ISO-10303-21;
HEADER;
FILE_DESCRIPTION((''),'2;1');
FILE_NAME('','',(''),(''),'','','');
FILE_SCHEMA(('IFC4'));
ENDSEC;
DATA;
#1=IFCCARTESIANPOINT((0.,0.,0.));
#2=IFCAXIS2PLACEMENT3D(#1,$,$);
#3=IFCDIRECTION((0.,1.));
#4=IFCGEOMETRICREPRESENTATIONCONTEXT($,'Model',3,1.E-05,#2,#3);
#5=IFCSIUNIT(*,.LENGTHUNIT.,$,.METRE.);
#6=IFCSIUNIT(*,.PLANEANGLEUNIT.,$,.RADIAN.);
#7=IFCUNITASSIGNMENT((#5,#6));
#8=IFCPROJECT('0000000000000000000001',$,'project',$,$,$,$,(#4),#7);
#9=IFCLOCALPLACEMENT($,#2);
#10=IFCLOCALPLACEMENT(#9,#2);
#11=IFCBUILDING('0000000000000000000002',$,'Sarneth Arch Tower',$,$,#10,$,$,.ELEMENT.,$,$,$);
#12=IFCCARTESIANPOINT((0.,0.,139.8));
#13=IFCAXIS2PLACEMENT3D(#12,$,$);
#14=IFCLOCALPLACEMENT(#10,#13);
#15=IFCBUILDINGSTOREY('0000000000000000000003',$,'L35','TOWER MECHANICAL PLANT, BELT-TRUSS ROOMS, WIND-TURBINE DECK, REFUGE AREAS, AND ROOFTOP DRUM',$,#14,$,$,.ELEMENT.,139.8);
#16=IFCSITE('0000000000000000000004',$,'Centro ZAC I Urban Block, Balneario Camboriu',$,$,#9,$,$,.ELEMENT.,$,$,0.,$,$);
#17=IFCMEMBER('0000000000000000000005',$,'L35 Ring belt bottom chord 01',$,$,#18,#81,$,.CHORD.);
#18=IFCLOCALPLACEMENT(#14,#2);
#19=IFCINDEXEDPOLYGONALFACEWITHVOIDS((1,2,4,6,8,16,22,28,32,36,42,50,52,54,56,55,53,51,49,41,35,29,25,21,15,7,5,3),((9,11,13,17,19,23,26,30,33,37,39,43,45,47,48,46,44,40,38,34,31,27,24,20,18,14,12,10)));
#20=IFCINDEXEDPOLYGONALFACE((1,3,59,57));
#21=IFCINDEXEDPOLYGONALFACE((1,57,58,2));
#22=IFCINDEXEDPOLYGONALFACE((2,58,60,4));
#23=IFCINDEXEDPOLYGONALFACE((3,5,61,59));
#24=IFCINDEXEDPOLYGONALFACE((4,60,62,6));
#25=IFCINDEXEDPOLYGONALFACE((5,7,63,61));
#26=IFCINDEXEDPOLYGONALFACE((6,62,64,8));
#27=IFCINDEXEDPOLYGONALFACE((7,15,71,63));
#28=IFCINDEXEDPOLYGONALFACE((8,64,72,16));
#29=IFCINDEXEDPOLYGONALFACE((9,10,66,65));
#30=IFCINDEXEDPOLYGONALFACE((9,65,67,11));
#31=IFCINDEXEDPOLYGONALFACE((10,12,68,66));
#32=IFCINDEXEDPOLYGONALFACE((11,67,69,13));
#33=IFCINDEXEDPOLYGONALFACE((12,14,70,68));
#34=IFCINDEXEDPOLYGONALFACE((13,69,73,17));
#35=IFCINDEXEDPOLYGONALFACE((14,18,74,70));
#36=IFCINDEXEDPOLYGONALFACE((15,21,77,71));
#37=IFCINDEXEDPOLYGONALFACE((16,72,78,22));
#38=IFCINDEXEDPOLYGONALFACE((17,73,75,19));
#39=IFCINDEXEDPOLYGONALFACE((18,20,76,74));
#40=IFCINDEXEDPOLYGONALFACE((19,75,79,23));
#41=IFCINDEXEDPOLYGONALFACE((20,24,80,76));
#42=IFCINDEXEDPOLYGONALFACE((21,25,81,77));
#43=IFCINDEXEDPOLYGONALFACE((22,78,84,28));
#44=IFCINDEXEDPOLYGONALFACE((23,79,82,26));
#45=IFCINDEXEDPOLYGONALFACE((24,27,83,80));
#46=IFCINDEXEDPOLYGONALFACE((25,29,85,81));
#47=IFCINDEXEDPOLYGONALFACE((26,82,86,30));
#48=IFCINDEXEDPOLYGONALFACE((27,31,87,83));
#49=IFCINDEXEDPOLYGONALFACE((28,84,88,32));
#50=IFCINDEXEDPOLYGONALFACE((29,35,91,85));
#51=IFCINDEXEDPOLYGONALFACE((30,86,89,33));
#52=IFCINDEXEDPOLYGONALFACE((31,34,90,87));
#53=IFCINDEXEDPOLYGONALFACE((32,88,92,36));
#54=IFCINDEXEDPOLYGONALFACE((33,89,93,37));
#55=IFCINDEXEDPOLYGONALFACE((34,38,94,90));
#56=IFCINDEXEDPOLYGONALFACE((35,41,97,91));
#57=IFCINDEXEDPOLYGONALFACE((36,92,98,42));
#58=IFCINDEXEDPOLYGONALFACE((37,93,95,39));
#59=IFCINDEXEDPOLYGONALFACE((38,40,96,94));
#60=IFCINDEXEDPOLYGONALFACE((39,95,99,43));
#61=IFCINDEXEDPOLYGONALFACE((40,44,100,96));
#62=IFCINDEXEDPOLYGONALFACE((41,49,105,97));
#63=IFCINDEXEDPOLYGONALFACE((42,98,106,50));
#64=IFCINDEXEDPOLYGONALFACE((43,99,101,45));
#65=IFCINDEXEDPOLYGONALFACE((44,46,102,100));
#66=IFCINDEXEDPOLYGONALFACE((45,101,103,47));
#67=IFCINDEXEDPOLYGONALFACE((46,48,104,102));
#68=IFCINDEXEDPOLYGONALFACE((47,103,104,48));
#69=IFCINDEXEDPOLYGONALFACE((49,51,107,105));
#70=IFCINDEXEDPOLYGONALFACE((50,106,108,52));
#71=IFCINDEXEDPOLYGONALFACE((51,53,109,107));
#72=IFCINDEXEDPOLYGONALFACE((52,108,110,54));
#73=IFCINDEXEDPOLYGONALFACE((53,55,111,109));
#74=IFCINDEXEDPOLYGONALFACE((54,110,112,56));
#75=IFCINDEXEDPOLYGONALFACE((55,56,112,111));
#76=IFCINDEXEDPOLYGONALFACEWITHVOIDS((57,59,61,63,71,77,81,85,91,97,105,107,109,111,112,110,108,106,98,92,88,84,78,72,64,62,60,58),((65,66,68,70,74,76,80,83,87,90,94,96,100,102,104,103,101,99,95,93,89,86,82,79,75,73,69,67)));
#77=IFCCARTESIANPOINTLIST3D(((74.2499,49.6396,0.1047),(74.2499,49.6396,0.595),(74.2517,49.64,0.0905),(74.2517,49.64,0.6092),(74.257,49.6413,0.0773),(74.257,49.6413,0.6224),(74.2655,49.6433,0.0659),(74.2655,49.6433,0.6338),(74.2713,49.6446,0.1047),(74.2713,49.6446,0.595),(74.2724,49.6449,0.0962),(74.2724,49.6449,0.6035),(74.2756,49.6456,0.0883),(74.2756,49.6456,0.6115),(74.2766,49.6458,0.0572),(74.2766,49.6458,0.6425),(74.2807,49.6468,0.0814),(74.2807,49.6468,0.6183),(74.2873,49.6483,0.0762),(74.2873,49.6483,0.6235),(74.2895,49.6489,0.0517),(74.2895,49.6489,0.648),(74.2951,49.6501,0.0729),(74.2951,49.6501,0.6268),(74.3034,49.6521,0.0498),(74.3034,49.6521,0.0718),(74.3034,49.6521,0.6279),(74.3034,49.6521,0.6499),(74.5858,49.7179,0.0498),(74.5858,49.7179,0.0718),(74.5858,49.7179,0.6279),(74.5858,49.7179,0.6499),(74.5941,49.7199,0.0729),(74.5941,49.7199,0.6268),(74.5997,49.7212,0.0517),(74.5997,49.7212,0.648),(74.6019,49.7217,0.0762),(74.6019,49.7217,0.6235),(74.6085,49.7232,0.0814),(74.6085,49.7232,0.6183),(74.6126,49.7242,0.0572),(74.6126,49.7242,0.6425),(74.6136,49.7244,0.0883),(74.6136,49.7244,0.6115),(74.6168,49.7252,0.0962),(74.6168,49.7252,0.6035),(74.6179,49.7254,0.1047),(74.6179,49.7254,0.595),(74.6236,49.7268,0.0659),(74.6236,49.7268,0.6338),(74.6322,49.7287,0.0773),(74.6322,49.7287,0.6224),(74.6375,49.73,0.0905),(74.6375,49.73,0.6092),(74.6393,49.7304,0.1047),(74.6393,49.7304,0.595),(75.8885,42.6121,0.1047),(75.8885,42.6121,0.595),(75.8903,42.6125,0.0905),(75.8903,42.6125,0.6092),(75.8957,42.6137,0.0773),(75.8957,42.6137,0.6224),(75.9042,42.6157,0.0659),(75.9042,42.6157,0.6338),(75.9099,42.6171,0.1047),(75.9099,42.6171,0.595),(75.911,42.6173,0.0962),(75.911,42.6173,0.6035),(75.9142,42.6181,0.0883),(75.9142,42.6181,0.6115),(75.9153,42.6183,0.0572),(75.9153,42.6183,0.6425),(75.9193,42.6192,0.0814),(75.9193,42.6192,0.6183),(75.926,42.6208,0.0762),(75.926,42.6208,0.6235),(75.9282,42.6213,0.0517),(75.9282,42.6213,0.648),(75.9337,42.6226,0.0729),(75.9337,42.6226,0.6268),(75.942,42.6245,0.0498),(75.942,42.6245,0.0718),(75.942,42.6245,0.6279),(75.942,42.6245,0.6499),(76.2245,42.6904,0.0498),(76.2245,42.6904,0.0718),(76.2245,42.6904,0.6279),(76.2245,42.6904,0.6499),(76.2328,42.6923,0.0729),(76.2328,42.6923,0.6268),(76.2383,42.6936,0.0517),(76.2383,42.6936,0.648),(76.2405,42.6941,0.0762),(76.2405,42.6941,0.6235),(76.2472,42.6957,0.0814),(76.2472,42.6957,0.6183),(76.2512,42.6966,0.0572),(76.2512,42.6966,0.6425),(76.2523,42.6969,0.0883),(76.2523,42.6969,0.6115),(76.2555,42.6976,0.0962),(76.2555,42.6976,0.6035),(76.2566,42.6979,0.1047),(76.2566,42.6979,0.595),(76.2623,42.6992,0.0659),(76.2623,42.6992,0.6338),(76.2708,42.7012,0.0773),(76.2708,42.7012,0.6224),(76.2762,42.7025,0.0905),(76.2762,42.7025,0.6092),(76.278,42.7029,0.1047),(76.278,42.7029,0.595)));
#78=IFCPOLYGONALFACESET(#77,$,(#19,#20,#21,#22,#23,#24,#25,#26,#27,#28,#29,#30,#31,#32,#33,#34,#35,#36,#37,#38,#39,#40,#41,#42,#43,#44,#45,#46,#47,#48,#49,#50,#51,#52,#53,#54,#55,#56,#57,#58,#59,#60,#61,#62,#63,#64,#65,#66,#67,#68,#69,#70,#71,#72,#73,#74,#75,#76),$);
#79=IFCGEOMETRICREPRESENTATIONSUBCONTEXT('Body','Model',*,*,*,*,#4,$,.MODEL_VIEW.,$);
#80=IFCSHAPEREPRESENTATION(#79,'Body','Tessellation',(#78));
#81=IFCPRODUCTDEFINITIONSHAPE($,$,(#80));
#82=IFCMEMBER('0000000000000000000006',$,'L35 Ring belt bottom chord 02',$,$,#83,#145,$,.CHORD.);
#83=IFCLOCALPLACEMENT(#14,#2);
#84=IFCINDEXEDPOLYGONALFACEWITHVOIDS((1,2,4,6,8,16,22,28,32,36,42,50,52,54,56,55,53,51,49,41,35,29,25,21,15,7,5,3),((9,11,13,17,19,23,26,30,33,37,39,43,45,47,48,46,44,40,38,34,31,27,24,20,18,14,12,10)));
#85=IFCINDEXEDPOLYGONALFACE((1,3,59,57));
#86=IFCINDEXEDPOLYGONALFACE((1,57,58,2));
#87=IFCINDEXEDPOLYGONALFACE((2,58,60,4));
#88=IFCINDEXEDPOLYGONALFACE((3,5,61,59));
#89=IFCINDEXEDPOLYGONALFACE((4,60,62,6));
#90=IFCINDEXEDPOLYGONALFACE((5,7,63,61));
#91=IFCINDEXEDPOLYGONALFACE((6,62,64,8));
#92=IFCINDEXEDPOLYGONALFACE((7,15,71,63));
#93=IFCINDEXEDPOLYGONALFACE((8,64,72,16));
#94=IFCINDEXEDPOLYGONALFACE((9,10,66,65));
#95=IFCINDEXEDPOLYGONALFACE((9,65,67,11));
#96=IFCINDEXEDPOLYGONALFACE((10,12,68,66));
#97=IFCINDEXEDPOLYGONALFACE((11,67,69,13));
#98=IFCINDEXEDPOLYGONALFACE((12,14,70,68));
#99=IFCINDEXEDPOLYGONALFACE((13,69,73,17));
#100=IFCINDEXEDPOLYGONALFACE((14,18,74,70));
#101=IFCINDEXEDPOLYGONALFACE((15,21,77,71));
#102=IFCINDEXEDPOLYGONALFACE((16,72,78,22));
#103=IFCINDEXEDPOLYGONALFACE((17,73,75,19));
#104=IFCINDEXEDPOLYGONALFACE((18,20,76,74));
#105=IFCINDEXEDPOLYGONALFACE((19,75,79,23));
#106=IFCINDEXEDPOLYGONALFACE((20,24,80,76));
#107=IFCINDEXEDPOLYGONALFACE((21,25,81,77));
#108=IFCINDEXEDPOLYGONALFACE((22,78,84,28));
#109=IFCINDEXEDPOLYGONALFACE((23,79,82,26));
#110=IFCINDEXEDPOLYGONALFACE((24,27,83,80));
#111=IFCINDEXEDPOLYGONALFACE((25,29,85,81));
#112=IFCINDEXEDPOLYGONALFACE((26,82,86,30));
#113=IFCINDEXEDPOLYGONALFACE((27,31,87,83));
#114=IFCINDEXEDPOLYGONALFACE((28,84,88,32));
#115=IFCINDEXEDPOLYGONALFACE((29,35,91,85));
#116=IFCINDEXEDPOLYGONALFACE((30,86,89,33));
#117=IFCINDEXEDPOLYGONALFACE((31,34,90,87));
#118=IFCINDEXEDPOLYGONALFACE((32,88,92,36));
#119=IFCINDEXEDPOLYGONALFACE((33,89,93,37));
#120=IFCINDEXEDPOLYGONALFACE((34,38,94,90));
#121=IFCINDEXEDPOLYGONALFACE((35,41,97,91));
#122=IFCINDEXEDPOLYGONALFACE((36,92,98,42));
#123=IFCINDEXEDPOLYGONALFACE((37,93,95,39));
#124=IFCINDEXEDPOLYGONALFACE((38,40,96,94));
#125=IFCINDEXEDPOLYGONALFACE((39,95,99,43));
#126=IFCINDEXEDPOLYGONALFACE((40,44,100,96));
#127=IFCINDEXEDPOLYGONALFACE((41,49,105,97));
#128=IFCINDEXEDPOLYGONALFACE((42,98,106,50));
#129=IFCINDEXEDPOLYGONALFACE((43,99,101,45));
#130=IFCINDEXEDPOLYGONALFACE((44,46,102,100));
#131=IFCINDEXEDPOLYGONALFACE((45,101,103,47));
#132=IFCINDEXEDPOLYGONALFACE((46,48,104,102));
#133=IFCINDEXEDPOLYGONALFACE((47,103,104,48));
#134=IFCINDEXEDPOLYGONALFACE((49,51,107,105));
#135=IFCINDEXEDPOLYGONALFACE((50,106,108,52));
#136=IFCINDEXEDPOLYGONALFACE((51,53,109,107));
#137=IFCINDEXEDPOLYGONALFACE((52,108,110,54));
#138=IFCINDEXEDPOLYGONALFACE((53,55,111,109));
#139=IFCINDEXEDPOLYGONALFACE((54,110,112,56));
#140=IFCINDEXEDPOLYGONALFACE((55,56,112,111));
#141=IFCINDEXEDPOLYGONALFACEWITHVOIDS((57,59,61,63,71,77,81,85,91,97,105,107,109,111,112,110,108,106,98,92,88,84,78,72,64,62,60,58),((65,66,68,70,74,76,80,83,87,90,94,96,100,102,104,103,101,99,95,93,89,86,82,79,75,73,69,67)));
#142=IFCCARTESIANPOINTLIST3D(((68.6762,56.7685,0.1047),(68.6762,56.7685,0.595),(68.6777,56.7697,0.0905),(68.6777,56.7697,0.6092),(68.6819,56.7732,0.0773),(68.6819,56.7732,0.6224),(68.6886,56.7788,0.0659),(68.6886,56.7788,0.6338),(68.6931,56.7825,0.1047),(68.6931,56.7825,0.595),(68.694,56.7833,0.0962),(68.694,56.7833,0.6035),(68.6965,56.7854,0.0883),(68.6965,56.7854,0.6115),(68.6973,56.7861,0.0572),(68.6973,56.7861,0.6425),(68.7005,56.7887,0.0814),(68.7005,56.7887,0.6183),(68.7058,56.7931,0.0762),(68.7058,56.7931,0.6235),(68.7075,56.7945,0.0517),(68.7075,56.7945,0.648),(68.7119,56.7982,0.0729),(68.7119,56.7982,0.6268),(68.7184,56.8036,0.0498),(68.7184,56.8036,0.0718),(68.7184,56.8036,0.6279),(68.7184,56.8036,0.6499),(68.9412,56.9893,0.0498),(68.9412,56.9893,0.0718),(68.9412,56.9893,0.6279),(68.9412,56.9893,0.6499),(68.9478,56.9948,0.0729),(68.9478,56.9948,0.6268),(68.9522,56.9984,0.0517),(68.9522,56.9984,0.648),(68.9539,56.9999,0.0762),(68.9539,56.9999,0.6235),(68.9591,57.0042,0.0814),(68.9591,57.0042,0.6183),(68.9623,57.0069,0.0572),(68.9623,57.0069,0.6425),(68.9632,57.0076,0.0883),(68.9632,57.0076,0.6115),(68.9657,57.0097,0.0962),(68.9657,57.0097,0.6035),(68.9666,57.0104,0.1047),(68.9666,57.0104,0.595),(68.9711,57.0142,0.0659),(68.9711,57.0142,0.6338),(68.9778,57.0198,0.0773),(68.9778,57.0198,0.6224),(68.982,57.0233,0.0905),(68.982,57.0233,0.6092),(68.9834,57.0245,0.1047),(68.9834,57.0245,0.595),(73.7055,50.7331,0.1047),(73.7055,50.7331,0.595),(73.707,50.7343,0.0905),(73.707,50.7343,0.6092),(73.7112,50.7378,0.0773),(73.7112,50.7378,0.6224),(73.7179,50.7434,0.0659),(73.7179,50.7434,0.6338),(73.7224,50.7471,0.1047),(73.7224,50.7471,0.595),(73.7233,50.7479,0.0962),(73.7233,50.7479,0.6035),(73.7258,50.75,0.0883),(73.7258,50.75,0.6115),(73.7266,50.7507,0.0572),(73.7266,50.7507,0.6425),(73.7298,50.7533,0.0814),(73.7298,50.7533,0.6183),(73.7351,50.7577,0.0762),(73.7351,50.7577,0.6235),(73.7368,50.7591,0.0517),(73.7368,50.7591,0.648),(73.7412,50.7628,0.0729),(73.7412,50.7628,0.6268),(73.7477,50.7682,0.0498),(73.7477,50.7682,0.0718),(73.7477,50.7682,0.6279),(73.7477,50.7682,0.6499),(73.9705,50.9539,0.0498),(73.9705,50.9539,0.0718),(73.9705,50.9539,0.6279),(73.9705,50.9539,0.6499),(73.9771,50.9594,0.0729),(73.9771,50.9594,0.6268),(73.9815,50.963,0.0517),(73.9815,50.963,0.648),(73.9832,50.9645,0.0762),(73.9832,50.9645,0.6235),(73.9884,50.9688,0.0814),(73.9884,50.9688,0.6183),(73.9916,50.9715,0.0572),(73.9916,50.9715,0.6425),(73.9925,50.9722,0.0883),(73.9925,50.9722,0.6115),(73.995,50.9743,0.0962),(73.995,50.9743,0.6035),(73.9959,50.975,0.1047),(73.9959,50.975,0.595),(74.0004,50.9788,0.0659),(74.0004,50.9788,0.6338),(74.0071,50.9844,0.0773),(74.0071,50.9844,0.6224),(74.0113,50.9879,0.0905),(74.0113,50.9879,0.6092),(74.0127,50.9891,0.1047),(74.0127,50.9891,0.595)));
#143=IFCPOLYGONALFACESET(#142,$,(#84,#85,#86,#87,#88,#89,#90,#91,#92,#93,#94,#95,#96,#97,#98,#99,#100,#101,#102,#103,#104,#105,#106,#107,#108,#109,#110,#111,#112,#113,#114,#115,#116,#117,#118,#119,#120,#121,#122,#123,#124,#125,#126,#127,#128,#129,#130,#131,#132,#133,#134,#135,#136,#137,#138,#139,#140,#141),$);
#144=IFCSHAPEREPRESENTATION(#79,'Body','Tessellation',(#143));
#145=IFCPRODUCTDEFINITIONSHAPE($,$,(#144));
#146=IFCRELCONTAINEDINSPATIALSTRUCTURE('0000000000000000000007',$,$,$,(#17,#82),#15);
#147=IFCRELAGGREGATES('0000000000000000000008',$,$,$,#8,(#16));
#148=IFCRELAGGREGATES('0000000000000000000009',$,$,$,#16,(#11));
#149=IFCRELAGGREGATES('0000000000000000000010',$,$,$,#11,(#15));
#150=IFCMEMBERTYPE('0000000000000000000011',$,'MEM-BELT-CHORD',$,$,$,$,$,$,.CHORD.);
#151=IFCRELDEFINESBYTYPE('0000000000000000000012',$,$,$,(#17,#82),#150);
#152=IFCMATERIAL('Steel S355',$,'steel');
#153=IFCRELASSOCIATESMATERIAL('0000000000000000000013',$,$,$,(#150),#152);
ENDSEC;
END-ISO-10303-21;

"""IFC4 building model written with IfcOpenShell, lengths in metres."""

from ifc_helpers import new_model, si_unit, direction, frame, origin, origin_2d, place, context, subcontext, project, spatial, hollow_rectangle, extrude, material, material_profile, profile_set, type_object, element, save


model = new_model("IFC4")

# Units and contexts
model_context = context("Model", 3, precision=1e-05, world=origin(), true_north=direction((0.0, 1.0)))
body_context = subcontext(model_context, "Body", "Model", "MODEL_VIEW")
ifc_project = project(units=[si_unit("LENGTHUNIT", "METRE"), si_unit("PLANEANGLEUNIT", "RADIAN")], contexts=[model_context])

# Site, building, storey
site_placement = place(None, origin())
site = spatial("IfcSite", under=ifc_project, at=site_placement, Name="Centro ZAC I Urban Block, Balneario Camboriu", CompositionType="ELEMENT", RefElevation=0.0)
building_placement = place(site_placement, origin())
building = spatial("IfcBuilding", under=site, at=building_placement, Name="Sarneth Arch Tower", CompositionType="ELEMENT")
storey_placement = place(building_placement, frame((0.0, 0.0, 139.8)))
storey = spatial("IfcBuildingStorey", under=building, at=storey_placement, Name="L35", Description="TOWER MECHANICAL PLANT, BELT-TRUSS ROOMS, WIND-TURBINE DECK, REFUGE AREAS, AND ROOFTOP DRUM", CompositionType="ELEMENT", Elevation=139.8)

# Members
ifc_material_1 = material(Name="Steel S355", Category="steel")
ifc_material_profile_1 = material_profile(ifc_material_1, hollow_rectangle(XDim=0.3999, YDim=0.6001, WallThickness=0.022, InnerFilletRadius=0.033, OuterFilletRadius=0.0549, at=origin_2d()), Name="RHS600x400x22")
ifc_profile_set_1 = profile_set([ifc_material_profile_1], Name="Steel S355")
member_type_1 = type_object("IfcMemberType", Name="MEM-BELT-CHORD", PredefinedType="CHORD", material=ifc_profile_set_1)
member_1_placement = place(storey_placement, frame((76.0833, 42.6575, 0.3499), z_axis=(-0.227085, 0.973875, 0.0), x_axis=(-0.973875, -0.227085, 0.0)))
element("IfcMember", 1, at=member_1_placement, inside=storey, type_object=member_type_1, Name="L35 Ring belt bottom chord 01", PredefinedType="CHORD", context=body_context, shape_type="SweptSolid", body=[
    extrude(hollow_rectangle(XDim=0.3999, YDim=0.6001, WallThickness=0.022, InnerFilletRadius=0.033, OuterFilletRadius=0.0549, at=origin_2d()), origin(), (0.0, 0.0, 1.0), 7.2161),
])
member_2_placement = place(storey_placement, frame((73.8591, 50.8611, 0.3499), z_axis=(-0.640169, 0.768234, 0.0), x_axis=(-0.768234, -0.640169, 0.0)))
element("IfcMember", 2, at=member_2_placement, inside=storey, type_object=member_type_1, Name="L35 Ring belt bottom chord 02", PredefinedType="CHORD", context=body_context, shape_type="SweptSolid", body=[
    extrude(hollow_rectangle(XDim=0.3999, YDim=0.6001, WallThickness=0.022, InnerFilletRadius=0.033, OuterFilletRadius=0.0549, at=origin_2d()), origin(), (0.0, 0.0, 1.0), 7.8562),
])

save(model, "model.ifc")
